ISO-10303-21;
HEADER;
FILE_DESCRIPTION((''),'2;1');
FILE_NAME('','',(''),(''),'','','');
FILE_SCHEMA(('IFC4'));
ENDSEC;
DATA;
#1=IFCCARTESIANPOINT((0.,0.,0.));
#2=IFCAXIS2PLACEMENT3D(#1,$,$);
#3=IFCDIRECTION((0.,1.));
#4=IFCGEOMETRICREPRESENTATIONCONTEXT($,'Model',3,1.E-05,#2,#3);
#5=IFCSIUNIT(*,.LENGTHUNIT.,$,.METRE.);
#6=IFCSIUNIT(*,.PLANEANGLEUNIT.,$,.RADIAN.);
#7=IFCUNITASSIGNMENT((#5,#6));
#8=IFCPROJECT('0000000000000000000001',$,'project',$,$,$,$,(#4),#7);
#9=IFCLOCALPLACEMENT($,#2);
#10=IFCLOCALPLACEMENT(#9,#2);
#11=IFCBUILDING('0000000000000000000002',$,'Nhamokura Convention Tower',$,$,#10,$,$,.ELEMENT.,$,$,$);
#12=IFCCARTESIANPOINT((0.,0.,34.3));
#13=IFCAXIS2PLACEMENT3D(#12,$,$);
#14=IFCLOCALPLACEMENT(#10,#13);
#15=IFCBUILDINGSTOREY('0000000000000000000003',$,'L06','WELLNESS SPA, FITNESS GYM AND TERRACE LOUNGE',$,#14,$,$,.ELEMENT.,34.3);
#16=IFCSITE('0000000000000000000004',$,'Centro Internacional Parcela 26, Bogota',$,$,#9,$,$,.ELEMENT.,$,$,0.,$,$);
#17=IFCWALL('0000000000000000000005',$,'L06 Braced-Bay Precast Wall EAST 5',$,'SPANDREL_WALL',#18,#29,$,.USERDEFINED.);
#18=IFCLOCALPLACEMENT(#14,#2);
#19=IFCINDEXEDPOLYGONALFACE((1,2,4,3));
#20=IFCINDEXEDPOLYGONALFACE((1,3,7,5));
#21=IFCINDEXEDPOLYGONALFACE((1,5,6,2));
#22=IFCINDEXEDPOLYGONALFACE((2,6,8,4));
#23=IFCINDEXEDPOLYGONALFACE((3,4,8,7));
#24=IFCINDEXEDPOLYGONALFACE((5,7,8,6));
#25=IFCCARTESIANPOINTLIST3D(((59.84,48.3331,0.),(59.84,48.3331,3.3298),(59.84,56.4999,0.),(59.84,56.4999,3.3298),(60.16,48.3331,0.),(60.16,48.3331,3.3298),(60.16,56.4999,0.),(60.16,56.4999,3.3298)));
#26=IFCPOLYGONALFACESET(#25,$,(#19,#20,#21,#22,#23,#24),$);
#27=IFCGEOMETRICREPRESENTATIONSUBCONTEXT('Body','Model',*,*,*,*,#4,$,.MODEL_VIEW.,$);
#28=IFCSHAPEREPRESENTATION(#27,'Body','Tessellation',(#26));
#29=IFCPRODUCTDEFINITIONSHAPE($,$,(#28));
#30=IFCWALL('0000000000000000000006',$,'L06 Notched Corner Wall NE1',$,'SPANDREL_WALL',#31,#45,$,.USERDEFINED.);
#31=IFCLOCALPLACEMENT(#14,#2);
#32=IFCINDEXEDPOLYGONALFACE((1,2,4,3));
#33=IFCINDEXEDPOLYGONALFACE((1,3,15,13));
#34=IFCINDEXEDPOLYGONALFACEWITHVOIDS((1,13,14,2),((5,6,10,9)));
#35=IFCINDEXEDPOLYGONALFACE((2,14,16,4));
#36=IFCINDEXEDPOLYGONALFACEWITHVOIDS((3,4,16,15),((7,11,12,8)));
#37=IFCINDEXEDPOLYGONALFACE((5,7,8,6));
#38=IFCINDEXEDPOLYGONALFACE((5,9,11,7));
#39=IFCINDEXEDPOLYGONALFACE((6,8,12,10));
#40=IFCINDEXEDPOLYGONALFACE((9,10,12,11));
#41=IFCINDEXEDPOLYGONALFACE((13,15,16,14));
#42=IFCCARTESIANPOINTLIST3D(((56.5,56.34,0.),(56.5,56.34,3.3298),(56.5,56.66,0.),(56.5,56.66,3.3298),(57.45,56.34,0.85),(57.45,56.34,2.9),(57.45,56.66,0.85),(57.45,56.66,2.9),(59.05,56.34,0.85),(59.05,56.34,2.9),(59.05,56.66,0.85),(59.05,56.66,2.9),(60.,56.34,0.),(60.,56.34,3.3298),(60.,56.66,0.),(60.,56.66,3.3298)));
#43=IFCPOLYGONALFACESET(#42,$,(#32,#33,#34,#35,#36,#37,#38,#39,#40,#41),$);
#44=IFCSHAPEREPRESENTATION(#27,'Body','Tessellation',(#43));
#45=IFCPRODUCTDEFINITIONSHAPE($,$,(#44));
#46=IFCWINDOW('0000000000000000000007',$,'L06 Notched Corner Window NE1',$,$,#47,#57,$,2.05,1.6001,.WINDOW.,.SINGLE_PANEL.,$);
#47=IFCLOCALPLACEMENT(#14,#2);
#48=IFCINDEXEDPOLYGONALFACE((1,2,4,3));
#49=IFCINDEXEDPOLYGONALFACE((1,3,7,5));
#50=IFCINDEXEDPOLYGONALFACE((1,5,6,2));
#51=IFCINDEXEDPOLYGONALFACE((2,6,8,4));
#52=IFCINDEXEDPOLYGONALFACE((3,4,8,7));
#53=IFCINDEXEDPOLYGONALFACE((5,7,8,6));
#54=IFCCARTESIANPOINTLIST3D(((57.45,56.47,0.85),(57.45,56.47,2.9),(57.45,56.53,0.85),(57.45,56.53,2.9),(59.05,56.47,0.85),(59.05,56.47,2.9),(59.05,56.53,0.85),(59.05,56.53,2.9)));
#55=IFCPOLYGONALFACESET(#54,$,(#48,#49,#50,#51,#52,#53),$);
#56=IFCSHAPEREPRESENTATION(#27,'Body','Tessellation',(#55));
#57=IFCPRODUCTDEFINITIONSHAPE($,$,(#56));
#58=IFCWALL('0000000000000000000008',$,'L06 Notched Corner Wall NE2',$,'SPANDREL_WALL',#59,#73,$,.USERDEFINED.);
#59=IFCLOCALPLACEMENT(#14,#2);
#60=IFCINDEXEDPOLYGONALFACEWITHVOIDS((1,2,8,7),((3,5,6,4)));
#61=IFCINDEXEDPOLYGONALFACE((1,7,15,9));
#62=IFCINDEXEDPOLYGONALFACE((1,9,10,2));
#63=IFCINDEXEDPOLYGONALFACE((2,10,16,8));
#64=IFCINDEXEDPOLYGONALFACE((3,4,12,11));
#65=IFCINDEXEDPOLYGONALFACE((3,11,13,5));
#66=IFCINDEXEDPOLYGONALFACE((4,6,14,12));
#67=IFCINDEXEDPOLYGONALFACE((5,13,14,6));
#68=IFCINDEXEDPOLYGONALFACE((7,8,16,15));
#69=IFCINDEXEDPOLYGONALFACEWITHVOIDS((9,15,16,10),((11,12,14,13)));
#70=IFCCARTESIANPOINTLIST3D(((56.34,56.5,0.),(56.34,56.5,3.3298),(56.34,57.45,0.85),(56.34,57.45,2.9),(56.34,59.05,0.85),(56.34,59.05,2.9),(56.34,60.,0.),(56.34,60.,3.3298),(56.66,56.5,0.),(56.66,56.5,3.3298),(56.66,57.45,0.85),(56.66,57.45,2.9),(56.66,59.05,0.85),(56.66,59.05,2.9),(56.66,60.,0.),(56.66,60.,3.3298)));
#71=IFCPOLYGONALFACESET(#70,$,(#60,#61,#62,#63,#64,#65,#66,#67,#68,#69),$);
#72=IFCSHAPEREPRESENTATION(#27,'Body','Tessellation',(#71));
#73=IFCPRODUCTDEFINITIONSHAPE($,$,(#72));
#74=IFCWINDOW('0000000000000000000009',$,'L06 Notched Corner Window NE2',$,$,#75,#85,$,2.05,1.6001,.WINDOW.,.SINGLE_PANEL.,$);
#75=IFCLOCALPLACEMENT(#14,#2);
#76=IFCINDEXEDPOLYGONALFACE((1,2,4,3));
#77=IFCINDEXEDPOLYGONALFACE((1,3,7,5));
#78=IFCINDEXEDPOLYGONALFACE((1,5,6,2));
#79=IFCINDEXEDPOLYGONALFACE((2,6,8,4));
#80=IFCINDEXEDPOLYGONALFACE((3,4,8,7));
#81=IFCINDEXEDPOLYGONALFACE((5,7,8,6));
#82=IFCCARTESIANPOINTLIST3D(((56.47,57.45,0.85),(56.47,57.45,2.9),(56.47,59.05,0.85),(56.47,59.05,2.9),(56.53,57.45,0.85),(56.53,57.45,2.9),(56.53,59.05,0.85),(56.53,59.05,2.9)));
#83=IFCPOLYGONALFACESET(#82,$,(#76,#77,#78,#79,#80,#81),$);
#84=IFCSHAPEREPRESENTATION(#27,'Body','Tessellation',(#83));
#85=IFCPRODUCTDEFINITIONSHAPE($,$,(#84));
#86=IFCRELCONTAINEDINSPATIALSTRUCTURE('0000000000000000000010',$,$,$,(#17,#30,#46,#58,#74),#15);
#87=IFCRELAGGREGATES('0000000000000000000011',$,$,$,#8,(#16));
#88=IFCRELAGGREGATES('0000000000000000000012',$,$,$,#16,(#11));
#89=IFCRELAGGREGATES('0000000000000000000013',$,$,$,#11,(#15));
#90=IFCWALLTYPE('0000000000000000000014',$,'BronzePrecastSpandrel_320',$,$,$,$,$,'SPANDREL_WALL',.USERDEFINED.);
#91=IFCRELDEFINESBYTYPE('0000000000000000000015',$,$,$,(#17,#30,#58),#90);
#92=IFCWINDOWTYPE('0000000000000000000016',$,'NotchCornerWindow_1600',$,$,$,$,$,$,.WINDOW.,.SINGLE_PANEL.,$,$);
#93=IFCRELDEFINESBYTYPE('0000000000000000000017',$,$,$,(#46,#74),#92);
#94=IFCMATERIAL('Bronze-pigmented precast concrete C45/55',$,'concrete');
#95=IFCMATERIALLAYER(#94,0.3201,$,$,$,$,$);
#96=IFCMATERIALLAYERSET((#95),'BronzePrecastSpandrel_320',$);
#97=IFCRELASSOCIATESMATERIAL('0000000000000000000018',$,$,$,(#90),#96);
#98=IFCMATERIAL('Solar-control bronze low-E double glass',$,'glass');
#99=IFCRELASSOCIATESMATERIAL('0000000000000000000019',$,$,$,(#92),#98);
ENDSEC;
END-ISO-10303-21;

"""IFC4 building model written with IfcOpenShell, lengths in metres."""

from ifc_helpers import new_model, si_unit, direction, frame, frame_2d, origin, place, context, subcontext, project, spatial, rectangle, extrude, material, layer, layer_set, type_object, element, fill, save


model = new_model("IFC4")

# Units and contexts
model_context = context("Model", 3, precision=1e-05, world=origin(), true_north=direction((0.0, 1.0)))
body_context = subcontext(model_context, "Body", "Model", "MODEL_VIEW")
ifc_project = project(units=[si_unit("LENGTHUNIT", "METRE"), si_unit("PLANEANGLEUNIT", "RADIAN")], contexts=[model_context])

# Site, building, storey
site_placement = place(None, origin())
site = spatial("IfcSite", under=ifc_project, at=site_placement, Name="Centro Internacional Parcela 26, Bogota", CompositionType="ELEMENT", RefElevation=0.0)
building_placement = place(site_placement, origin())
building = spatial("IfcBuilding", under=site, at=building_placement, Name="Nhamokura Convention Tower", CompositionType="ELEMENT")
storey_placement = place(building_placement, frame((0.0, 0.0, 34.3)))
storey = spatial("IfcBuildingStorey", under=building, at=storey_placement, Name="L06", Description="WELLNESS SPA, FITNESS GYM AND TERRACE LOUNGE", CompositionType="ELEMENT", Elevation=34.3)

# Shared definitions
ifc_material_1 = material(Name="Bronze-pigmented precast concrete C45/55", Category="concrete")
ifc_layer = layer(ifc_material_1, 0.3201)
ifc_layer_set = layer_set([ifc_layer], Name="BronzePrecastSpandrel_320")
wall_type = type_object("IfcWallType", Name="BronzePrecastSpandrel_320", ElementType="SPANDREL_WALL", PredefinedType="USERDEFINED", material=ifc_layer_set)

# Wall
wall_1_placement = place(storey_placement, frame((60.0, 56.5, 0.0), z_axis=(0.0, 0.0, 1.0), x_axis=(0.0, -1.0, 0.0)))
element("IfcWall", 1, at=wall_1_placement, inside=storey, type_object=wall_type, Name="L06 Braced-Bay Precast Wall EAST 5", ObjectType="SPANDREL_WALL", PredefinedType="USERDEFINED", context=body_context, shape_type="SweptSolid", body=[
    extrude(rectangle(XDim=8.1667, YDim=0.3201, at=frame_2d((4.0835, 0.0))), origin(), (0.0, 0.0, 1.0), 3.3298),
])

# Walls, openings, windows
wall_2_placement = place(storey_placement, frame((56.5, 56.5, 0.0), z_axis=(0.0, 0.0, 1.0), x_axis=(1.0, 0.0, 0.0)))
wall_2 = element("IfcWall", 2, at=wall_2_placement, inside=storey, type_object=wall_type, Name="L06 Notched Corner Wall NE1", ObjectType="SPANDREL_WALL", PredefinedType="USERDEFINED", context=body_context, shape_type="SweptSolid", body=[
    extrude(rectangle(XDim=3.5, YDim=0.3201, at=frame_2d((1.75, 0.0))), origin(), (0.0, 0.0, 1.0), 3.3298),
])
opening_1_placement = place(wall_2_placement, frame((0.95, 0.0, 0.8501)))
opening_1 = element("IfcOpeningElement", 3, at=opening_1_placement, cuts=wall_2, PredefinedType="OPENING", context=body_context, shape_type="SweptSolid", body=[
    extrude(rectangle(XDim=1.6001, YDim=2.05, at=frame_2d((0.8, 1.0249))), frame((0.0, 0.1699, 0.0), z_axis=(0.0, -1.0, 0.0), x_axis=(1.0, 0.0, 0.0)), (0.0, 0.0, 1.0), 0.3401),
])
ifc_material_2 = material(Name="Solar-control bronze low-E double glass", Category="glass")
window_type_1 = type_object("IfcWindowType", Name="NotchCornerWindow_1600", PartitioningType="SINGLE_PANEL", PredefinedType="WINDOW", material=ifc_material_2)
window_1_placement = place(opening_1_placement, origin())
window_1 = element("IfcWindow", 4, at=window_1_placement, inside=storey, type_object=window_type_1, Name="L06 Notched Corner Window NE1", OverallHeight=2.05, OverallWidth=1.6001, PartitioningType="SINGLE_PANEL", PredefinedType="WINDOW", context=body_context, shape_type="SweptSolid", body=[
    extrude(rectangle(XDim=1.6001, YDim=2.05, at=frame_2d((0.8, 1.0249))), frame((0.0, 0.03, 0.0), z_axis=(0.0, -1.0, 0.0), x_axis=(1.0, 0.0, 0.0)), (0.0, 0.0, 1.0), 0.0601),
])
fill(opening_1, window_1)
wall_3_placement = place(storey_placement, frame((56.5, 60.0, 0.0), z_axis=(0.0, 0.0, 1.0), x_axis=(0.0, -1.0, 0.0)))
wall_3 = element("IfcWall", 5, at=wall_3_placement, inside=storey, type_object=wall_type, Name="L06 Notched Corner Wall NE2", ObjectType="SPANDREL_WALL", PredefinedType="USERDEFINED", context=body_context, shape_type="SweptSolid", body=[
    extrude(rectangle(XDim=3.5, YDim=0.3201, at=frame_2d((1.75, 0.0))), origin(), (0.0, 0.0, 1.0), 3.3298),
])
opening_2_placement = place(wall_3_placement, frame((0.95, 0.0, 0.8501)))
opening_2 = element("IfcOpeningElement", 6, at=opening_2_placement, cuts=wall_3, PredefinedType="OPENING", context=body_context, shape_type="SweptSolid", body=[
    extrude(rectangle(XDim=1.6001, YDim=2.05, at=frame_2d((0.8, 1.0249))), frame((0.0, 0.1699, 0.0), z_axis=(0.0, -1.0, 0.0), x_axis=(1.0, 0.0, 0.0)), (0.0, 0.0, 1.0), 0.3401),
])
window_2_placement = place(opening_2_placement, origin())
window_2 = element("IfcWindow", 7, at=window_2_placement, inside=storey, type_object=window_type_1, Name="L06 Notched Corner Window NE2", OverallHeight=2.05, OverallWidth=1.6001, PartitioningType="SINGLE_PANEL", PredefinedType="WINDOW", context=body_context, shape_type="SweptSolid", body=[
    extrude(rectangle(XDim=1.6001, YDim=2.05, at=frame_2d((0.8, 1.0249))), frame((0.0, 0.03, 0.0), z_axis=(0.0, -1.0, 0.0), x_axis=(1.0, 0.0, 0.0)), (0.0, 0.0, 1.0), 0.0601),
])
fill(opening_2, window_2)

save(model, "model.ifc")
